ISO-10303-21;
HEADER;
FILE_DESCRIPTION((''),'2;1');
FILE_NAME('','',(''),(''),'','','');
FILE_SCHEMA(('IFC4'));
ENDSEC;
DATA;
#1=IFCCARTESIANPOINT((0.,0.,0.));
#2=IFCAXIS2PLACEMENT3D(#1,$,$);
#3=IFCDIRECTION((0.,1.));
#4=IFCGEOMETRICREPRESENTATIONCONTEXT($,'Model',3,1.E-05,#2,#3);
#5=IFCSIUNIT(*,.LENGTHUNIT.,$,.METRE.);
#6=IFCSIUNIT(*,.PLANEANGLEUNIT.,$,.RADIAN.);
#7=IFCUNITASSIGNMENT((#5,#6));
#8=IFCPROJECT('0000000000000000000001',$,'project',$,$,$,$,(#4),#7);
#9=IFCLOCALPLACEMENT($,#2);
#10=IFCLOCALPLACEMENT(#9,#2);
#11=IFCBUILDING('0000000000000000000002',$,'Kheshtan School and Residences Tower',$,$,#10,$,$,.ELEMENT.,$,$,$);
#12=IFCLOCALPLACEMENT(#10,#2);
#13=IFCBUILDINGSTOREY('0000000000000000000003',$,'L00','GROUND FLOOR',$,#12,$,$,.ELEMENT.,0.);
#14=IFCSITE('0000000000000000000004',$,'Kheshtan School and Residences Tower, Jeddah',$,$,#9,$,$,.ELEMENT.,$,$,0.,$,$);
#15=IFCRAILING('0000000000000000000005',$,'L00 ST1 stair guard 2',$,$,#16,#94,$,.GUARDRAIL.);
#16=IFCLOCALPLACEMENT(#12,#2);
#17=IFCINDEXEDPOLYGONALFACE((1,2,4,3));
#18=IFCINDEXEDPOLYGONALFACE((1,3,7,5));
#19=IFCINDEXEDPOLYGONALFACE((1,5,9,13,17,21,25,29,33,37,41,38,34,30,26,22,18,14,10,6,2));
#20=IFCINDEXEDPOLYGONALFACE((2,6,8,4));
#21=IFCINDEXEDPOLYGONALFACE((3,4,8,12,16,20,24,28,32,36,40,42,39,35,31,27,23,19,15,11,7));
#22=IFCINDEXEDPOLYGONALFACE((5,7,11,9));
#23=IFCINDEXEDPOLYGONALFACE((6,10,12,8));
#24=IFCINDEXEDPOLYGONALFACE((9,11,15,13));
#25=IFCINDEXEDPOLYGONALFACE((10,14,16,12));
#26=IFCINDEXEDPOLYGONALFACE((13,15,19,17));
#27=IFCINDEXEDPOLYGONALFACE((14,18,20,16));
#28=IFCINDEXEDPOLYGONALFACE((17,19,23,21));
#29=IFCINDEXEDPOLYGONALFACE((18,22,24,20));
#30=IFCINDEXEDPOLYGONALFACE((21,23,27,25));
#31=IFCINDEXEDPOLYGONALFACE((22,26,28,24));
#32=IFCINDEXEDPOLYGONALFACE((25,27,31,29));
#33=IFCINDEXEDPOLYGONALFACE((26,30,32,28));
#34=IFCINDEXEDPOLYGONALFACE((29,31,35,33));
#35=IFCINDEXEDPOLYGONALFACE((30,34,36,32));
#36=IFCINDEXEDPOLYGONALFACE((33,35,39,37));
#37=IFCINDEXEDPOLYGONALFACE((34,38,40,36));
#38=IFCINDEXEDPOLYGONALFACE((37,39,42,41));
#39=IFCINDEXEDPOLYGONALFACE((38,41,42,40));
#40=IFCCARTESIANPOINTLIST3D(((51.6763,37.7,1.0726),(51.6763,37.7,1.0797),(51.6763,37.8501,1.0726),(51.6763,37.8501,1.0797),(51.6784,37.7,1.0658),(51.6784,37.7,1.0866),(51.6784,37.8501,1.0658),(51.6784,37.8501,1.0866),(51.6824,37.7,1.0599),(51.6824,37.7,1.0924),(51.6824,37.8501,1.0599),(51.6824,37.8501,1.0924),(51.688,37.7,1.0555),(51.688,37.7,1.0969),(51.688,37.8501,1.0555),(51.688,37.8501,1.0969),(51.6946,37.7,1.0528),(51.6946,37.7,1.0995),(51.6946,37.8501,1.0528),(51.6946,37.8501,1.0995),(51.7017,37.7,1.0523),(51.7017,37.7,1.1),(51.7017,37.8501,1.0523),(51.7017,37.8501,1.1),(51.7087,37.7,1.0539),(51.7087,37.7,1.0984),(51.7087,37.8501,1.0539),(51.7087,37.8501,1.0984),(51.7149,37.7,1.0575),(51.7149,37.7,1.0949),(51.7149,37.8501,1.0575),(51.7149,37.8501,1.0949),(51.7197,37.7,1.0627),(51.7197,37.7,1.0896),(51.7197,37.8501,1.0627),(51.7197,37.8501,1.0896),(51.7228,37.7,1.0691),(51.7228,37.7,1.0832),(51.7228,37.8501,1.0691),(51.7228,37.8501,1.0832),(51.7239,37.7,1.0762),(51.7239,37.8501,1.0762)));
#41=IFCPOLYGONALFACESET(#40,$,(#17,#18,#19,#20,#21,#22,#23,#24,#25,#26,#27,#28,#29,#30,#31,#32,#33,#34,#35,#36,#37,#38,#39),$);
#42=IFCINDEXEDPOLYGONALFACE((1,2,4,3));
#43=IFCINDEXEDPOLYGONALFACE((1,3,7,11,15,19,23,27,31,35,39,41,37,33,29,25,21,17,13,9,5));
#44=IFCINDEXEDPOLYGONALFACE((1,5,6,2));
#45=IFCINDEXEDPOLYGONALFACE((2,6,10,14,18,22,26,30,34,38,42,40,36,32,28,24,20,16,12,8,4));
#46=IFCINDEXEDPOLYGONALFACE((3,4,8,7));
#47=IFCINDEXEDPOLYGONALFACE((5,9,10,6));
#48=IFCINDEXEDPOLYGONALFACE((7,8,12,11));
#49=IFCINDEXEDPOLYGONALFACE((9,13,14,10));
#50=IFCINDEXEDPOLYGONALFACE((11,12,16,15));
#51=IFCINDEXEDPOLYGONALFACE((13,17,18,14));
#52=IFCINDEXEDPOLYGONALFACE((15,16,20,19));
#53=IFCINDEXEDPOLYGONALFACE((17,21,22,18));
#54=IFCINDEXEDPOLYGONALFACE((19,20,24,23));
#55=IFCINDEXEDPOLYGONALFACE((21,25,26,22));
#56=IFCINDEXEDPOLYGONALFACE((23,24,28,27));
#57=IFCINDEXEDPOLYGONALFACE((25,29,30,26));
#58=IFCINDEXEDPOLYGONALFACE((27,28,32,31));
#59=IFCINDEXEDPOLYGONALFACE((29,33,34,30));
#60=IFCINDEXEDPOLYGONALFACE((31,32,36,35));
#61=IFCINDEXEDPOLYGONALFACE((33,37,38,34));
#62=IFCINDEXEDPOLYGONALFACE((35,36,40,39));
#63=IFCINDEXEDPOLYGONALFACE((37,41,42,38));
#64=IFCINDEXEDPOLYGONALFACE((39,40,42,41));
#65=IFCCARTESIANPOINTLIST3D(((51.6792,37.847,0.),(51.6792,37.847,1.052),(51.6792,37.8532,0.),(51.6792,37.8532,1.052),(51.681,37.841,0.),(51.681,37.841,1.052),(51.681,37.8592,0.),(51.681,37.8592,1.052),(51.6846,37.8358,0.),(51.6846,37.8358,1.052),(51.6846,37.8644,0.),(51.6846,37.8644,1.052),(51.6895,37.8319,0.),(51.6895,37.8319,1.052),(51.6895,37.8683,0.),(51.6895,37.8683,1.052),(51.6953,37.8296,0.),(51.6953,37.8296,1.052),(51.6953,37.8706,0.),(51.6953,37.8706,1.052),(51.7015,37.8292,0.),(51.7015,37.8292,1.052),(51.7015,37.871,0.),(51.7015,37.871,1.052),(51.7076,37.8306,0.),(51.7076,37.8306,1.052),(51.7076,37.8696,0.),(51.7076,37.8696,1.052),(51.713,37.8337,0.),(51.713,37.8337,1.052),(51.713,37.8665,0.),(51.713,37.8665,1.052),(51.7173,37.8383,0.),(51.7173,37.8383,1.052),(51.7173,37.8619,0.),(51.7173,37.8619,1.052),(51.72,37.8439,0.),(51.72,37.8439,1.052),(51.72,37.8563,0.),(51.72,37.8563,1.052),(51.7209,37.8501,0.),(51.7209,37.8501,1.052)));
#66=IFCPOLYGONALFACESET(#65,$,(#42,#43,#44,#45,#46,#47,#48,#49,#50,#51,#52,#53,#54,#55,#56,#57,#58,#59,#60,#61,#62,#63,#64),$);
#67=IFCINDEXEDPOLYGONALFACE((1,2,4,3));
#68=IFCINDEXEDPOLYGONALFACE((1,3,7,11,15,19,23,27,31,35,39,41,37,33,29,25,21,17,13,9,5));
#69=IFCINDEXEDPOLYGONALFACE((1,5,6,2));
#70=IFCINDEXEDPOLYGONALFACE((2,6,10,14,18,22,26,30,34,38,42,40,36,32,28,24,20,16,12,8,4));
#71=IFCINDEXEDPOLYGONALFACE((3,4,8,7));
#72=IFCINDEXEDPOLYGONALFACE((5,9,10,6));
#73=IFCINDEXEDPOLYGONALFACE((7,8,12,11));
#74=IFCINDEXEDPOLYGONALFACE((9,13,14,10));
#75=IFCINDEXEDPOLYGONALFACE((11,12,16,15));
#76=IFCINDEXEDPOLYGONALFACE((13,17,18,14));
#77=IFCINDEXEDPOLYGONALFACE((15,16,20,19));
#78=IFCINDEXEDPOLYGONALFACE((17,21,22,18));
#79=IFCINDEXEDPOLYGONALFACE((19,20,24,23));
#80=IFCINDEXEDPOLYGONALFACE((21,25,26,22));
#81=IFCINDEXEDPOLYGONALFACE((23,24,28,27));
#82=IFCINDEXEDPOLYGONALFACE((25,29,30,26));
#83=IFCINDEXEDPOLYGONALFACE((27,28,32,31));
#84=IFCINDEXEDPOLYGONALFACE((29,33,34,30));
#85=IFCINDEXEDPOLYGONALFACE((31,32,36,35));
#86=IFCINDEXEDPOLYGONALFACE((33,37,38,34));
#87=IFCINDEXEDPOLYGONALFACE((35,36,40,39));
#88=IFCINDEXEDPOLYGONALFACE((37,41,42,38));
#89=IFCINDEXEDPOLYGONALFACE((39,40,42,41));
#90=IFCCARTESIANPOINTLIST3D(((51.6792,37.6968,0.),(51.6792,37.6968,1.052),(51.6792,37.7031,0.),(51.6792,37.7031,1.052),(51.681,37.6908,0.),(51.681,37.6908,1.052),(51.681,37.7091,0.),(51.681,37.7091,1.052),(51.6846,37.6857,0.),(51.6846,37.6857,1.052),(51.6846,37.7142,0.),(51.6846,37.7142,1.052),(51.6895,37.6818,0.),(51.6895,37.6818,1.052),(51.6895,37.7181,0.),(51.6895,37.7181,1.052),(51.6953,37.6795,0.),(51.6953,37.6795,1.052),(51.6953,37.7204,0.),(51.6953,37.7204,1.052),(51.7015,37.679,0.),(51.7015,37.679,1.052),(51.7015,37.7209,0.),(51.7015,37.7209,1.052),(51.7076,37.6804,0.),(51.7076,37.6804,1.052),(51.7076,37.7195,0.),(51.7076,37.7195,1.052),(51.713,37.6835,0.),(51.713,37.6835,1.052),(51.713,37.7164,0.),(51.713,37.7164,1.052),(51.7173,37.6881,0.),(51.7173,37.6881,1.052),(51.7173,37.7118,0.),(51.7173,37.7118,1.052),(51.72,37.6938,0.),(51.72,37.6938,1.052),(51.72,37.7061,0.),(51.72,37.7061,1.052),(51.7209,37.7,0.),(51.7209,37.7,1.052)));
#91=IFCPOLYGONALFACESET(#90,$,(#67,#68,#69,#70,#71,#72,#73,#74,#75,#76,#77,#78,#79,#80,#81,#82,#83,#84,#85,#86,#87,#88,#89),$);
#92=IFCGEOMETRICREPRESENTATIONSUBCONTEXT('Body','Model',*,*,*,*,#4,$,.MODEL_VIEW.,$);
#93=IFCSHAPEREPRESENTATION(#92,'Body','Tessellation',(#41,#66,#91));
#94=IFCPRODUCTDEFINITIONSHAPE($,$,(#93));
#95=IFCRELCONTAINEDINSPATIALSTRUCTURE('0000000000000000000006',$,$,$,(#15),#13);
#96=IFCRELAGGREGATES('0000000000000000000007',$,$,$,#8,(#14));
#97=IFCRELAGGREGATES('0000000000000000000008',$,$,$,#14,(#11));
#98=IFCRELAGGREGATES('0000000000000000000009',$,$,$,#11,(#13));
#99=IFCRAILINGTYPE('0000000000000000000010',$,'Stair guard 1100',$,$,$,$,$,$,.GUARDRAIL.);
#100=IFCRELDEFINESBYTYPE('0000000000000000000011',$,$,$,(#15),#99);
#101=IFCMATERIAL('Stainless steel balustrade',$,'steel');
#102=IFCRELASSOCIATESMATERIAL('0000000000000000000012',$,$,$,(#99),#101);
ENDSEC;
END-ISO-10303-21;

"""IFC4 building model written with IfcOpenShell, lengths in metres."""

from ifc_helpers import new_model, si_unit, direction, frame, origin, origin_2d, place, context, subcontext, project, spatial, circle, extrude, material, type_object, element, save


model = new_model("IFC4")

# Units and contexts
model_context = context("Model", 3, precision=1e-05, world=origin(), true_north=direction((0.0, 1.0)))
body_context = subcontext(model_context, "Body", "Model", "MODEL_VIEW")
ifc_project = project(units=[si_unit("LENGTHUNIT", "METRE"), si_unit("PLANEANGLEUNIT", "RADIAN")], contexts=[model_context])

# Site, building, storey
site_placement = place(None, origin())
site = spatial("IfcSite", under=ifc_project, at=site_placement, Name="Kheshtan School and Residences Tower, Jeddah", CompositionType="ELEMENT", RefElevation=0.0)
building_placement = place(site_placement, origin())
building = spatial("IfcBuilding", under=site, at=building_placement, Name="Kheshtan School and Residences Tower", CompositionType="ELEMENT")
storey_placement = place(building_placement, origin())
storey = spatial("IfcBuildingStorey", under=building, at=storey_placement, Name="L00", Description="GROUND FLOOR", CompositionType="ELEMENT", Elevation=0.0)

# Railing
ifc_material_1 = material(Name="Stainless steel balustrade", Category="steel")
railing_type_1 = type_object("IfcRailingType", Name="Stair guard 1100", PredefinedType="GUARDRAIL", material=ifc_material_1)
railing_1_placement = place(storey_placement, frame((51.7, 37.8501, 0.0)))
element("IfcRailing", 1, at=railing_1_placement, inside=storey, type_object=railing_type_1, Name="L00 ST1 stair guard 2", PredefinedType="GUARDRAIL", context=body_context, shape_type="SweptSolid", body=[
    extrude(circle(Radius=0.0239, at=origin_2d()), frame((0.0, 0.0, 1.0762), z_axis=(0.0, -1.0, 0.0), x_axis=(1.0, 0.0, 0.0)), (0.0, 0.0, 1.0), 0.1501),
    extrude(circle(Radius=0.021, at=origin_2d()), origin(), (0.0, 0.0, 1.0), 1.052),
    extrude(circle(Radius=0.021, at=origin_2d()), frame((0.0, -0.1501, 0.0)), (0.0, 0.0, 1.0), 1.052),
])

save(model, "model.ifc")
